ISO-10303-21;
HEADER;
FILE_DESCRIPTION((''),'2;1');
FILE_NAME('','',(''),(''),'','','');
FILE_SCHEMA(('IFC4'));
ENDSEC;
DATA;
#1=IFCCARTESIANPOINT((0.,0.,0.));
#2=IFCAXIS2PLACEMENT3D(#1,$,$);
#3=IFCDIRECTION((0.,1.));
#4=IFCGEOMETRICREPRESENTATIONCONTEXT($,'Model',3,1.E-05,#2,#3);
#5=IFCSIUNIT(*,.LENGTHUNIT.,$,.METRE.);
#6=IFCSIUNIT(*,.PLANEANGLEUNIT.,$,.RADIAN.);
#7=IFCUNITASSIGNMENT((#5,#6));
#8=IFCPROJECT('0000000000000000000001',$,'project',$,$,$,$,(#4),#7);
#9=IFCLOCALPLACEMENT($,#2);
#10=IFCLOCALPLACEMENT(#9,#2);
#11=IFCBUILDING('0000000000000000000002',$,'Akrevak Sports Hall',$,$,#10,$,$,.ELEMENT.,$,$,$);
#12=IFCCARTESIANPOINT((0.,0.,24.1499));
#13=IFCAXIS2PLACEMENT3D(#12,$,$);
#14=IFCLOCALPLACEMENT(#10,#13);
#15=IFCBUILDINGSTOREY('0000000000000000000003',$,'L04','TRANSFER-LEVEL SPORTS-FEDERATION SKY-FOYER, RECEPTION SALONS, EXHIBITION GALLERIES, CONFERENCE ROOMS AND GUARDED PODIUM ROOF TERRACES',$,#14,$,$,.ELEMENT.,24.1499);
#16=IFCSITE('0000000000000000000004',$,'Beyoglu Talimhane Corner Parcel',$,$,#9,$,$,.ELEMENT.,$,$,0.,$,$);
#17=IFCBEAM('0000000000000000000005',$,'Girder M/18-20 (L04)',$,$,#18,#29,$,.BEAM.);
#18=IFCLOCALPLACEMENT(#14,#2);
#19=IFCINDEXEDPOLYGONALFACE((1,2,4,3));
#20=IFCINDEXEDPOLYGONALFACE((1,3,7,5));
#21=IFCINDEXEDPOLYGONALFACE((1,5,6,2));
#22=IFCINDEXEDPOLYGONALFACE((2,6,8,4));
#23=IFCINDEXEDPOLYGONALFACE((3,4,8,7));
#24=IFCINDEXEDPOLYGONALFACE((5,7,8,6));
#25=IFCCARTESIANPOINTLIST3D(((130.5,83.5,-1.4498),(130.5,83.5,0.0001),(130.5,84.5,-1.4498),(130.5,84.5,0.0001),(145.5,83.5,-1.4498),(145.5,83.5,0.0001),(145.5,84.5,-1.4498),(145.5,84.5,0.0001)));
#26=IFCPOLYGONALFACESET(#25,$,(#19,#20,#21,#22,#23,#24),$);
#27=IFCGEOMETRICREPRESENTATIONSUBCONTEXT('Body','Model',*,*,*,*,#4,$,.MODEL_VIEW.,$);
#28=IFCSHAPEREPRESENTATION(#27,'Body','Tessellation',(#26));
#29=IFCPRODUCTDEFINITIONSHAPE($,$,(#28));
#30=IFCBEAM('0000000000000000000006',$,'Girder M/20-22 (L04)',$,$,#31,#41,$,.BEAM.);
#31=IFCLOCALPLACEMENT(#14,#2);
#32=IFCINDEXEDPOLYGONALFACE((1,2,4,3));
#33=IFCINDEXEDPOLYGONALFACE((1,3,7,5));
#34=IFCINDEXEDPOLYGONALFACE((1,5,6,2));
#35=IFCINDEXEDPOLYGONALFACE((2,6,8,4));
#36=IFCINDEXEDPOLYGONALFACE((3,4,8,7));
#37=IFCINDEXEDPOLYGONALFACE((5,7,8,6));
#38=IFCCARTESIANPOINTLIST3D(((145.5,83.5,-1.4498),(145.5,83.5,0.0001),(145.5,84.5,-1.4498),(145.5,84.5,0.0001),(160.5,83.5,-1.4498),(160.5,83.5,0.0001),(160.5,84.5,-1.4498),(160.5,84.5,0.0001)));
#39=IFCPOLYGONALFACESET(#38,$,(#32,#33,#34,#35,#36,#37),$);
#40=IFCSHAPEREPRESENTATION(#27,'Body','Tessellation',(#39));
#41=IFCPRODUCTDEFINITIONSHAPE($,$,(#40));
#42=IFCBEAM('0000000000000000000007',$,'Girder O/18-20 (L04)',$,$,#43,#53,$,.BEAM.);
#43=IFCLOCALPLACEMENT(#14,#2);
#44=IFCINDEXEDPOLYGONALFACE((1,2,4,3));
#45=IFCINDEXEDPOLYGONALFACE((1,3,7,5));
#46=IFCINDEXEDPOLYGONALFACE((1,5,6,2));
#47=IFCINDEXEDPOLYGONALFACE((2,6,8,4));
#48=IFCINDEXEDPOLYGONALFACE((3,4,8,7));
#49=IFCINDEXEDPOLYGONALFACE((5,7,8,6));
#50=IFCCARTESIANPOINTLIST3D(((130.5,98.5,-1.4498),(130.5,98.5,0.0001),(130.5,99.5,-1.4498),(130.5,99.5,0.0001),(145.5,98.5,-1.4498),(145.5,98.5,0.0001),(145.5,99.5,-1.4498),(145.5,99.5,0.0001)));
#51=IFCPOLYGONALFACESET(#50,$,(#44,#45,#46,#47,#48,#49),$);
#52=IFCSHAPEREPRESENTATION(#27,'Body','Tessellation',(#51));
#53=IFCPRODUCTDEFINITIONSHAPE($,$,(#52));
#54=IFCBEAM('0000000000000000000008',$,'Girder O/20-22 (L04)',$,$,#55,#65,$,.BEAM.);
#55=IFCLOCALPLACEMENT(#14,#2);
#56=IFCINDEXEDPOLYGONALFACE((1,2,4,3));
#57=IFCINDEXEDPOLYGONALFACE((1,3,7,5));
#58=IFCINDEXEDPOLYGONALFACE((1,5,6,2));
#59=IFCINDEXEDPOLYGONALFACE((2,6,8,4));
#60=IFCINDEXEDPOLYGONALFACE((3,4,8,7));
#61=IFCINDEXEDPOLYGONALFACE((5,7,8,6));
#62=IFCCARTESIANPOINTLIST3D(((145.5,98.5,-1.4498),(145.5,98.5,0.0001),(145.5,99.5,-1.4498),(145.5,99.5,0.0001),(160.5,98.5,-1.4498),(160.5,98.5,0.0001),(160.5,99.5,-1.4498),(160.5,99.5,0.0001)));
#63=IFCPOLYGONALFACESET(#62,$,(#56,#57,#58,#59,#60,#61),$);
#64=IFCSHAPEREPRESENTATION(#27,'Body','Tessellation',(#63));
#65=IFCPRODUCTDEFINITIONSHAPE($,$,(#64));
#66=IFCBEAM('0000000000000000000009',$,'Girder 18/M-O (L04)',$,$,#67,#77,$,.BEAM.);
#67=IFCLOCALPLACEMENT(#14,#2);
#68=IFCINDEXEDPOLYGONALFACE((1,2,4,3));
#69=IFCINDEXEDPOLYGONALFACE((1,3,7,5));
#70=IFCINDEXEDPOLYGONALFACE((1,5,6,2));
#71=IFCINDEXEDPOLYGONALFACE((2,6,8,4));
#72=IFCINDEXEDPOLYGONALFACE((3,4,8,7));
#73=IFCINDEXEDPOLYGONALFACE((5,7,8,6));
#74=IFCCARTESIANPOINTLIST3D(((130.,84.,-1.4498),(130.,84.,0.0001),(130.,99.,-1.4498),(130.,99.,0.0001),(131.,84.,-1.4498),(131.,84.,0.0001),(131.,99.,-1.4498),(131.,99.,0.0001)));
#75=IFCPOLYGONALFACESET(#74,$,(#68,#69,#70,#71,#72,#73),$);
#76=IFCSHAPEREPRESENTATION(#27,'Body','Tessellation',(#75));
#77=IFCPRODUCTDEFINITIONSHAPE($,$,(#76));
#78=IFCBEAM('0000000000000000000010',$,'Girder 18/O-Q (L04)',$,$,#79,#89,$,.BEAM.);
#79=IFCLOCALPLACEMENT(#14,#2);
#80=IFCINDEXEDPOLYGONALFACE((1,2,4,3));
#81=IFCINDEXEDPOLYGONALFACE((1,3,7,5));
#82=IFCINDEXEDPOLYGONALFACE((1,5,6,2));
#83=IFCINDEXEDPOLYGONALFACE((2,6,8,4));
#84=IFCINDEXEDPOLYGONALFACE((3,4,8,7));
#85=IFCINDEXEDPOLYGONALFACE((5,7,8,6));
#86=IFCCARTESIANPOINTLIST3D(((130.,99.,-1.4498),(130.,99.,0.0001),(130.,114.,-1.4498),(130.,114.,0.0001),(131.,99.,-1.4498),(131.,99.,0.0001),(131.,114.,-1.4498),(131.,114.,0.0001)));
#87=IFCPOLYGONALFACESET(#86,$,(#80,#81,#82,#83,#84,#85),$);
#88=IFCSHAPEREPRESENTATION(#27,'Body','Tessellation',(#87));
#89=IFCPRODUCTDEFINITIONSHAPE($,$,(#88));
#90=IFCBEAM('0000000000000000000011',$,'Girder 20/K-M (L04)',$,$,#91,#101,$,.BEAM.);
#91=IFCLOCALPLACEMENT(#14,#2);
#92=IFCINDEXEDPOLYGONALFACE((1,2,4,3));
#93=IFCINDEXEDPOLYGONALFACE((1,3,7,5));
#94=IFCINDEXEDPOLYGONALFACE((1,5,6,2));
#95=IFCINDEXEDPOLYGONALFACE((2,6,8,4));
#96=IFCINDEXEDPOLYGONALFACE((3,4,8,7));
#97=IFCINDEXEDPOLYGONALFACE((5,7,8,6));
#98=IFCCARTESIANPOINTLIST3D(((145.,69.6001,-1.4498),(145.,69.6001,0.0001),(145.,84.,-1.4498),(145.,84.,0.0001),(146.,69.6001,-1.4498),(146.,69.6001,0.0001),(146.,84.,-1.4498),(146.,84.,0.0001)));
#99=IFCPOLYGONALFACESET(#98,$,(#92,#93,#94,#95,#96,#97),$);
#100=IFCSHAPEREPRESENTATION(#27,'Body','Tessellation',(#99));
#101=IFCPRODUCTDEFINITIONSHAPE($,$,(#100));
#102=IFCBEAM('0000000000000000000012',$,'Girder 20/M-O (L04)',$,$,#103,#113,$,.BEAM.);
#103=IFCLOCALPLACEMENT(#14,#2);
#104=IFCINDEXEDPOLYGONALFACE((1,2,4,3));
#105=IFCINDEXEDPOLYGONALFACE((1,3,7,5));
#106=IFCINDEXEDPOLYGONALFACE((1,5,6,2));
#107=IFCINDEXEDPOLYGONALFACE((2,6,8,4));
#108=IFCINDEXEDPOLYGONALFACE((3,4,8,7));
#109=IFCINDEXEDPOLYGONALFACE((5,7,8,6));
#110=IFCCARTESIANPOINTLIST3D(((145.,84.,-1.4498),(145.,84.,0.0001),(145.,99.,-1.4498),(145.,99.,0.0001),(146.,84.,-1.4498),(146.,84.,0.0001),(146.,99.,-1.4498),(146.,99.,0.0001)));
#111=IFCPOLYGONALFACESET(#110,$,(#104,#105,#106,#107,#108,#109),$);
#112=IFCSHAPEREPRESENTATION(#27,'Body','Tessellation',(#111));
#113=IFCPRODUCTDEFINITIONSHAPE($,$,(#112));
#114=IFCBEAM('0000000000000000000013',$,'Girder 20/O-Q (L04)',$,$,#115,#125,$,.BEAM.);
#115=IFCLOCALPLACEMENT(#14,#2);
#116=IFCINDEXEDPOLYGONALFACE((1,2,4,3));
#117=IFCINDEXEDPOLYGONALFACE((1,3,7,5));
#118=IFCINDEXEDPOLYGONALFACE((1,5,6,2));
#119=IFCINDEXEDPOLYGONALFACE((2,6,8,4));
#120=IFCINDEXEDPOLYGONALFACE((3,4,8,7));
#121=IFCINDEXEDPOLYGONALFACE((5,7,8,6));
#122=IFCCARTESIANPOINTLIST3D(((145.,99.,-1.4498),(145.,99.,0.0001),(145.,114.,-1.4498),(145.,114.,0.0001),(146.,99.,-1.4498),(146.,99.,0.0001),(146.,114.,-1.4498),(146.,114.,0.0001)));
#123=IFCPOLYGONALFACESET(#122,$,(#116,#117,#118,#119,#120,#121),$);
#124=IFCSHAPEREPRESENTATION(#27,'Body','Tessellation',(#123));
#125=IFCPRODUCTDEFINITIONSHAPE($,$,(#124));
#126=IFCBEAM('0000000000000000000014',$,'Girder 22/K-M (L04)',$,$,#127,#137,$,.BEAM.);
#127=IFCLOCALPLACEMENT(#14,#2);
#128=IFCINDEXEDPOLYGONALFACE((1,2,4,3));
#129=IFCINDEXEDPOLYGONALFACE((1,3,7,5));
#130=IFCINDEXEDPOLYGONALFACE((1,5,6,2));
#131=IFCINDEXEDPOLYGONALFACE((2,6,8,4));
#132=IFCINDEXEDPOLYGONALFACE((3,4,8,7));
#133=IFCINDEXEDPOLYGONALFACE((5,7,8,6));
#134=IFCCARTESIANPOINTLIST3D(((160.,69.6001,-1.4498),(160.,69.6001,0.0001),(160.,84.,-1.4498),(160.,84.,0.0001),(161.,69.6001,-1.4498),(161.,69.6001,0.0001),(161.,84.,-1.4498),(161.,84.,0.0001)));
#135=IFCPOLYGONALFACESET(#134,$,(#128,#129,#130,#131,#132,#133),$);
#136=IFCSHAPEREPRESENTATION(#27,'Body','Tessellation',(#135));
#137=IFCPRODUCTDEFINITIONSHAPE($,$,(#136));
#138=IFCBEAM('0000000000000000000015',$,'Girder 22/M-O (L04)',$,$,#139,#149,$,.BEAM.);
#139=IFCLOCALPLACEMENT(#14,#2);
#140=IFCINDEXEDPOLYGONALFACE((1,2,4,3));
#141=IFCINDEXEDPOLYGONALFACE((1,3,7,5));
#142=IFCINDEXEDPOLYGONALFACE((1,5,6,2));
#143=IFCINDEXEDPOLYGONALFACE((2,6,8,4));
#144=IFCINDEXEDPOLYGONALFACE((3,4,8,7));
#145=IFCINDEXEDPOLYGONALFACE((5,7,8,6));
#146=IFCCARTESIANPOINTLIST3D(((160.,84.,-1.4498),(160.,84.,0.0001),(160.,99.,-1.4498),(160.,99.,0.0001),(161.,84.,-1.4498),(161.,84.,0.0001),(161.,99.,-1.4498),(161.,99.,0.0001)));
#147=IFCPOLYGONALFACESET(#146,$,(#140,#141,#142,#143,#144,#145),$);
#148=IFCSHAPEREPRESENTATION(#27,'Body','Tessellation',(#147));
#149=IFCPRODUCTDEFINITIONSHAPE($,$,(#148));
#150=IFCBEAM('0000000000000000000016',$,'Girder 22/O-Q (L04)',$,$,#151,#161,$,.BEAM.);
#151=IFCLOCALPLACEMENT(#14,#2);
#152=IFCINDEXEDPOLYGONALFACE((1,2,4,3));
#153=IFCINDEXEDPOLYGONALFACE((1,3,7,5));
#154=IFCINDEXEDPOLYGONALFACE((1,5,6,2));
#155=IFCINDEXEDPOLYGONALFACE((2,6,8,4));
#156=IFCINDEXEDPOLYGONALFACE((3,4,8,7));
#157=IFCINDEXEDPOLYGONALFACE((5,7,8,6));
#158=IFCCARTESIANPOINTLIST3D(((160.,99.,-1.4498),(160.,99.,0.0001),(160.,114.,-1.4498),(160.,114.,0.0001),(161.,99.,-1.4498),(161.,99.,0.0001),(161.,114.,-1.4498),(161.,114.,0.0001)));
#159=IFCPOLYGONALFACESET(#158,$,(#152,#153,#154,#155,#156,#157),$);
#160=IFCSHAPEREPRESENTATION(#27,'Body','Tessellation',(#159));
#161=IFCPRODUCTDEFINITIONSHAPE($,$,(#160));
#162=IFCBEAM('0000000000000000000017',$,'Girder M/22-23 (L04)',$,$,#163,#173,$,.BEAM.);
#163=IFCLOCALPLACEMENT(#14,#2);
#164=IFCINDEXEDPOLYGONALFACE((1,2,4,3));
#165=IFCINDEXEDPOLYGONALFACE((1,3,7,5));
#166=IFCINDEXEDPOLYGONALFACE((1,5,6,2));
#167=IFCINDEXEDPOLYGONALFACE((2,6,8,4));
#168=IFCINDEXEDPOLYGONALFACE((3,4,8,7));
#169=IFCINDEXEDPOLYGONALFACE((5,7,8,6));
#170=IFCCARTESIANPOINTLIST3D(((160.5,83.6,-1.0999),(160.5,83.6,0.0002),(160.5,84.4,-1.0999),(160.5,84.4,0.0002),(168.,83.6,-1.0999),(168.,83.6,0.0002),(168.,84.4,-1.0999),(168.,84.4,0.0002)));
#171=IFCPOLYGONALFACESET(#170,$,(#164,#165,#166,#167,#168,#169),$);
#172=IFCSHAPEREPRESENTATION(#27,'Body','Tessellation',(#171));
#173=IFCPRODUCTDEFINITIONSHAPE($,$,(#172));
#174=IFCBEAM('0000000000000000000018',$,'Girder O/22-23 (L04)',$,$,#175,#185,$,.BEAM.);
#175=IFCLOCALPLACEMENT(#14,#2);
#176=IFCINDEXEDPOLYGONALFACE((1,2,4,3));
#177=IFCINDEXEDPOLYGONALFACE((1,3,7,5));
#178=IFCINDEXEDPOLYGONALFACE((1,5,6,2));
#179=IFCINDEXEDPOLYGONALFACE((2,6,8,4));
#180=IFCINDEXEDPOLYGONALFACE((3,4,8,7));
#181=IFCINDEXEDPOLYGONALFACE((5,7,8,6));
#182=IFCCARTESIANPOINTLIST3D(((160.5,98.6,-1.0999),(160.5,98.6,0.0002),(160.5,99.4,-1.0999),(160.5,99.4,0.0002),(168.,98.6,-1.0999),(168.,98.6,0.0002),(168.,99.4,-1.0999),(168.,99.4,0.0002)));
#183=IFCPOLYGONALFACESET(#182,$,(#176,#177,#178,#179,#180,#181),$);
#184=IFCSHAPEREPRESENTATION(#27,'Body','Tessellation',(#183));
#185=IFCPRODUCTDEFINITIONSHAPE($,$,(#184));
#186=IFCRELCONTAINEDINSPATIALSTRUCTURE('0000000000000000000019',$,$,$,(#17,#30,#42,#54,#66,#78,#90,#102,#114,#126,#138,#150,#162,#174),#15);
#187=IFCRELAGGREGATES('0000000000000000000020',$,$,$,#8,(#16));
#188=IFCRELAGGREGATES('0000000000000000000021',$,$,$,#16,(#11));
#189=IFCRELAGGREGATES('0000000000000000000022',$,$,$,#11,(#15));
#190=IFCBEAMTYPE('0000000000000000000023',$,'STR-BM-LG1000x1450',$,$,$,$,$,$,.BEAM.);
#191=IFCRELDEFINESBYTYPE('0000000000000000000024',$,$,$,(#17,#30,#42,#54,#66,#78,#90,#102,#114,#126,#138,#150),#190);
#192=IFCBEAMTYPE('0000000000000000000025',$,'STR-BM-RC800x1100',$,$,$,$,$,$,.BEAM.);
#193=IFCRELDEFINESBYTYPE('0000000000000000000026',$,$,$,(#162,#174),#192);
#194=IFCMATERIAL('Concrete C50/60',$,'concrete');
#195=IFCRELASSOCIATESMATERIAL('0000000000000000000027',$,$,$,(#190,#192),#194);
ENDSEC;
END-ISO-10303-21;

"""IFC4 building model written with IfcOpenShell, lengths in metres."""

from ifc_helpers import new_model, si_unit, direction, frame, origin, origin_2d, place, context, subcontext, project, spatial, rectangle, extrude, material, material_profile, profile_set, type_object, element, save


model = new_model("IFC4")

# Units and contexts
model_context = context("Model", 3, precision=1e-05, world=origin(), true_north=direction((0.0, 1.0)))
body_context = subcontext(model_context, "Body", "Model", "MODEL_VIEW")
ifc_project = project(units=[si_unit("LENGTHUNIT", "METRE"), si_unit("PLANEANGLEUNIT", "RADIAN")], contexts=[model_context])

# Site, building, storey
site_placement = place(None, origin())
site = spatial("IfcSite", under=ifc_project, at=site_placement, Name="Beyoglu Talimhane Corner Parcel", CompositionType="ELEMENT", RefElevation=0.0)
building_placement = place(site_placement, origin())
building = spatial("IfcBuilding", under=site, at=building_placement, Name="Akrevak Sports Hall", CompositionType="ELEMENT")
storey_placement = place(building_placement, frame((0.0, 0.0, 24.1499)))
storey = spatial("IfcBuildingStorey", under=building, at=storey_placement, Name="L04", Description="TRANSFER-LEVEL SPORTS-FEDERATION SKY-FOYER, RECEPTION SALONS, EXHIBITION GALLERIES, CONFERENCE ROOMS AND GUARDED PODIUM ROOF TERRACES", CompositionType="ELEMENT", Elevation=24.1499)

# Beams
ifc_material_1 = material(Name="Concrete C50/60", Category="concrete")
ifc_material_profile_1 = material_profile(ifc_material_1, rectangle(XDim=1.0, YDim=1.45, at=origin_2d()), Name="BM 1000x1450", Category="concrete")
ifc_profile_set_1 = profile_set([ifc_material_profile_1], Name="Concrete C50/60")
beam_type_1 = type_object("IfcBeamType", Name="STR-BM-LG1000x1450", PredefinedType="BEAM", material=ifc_profile_set_1)
for number, where, z_axis, x_axis, name in (
    (1, (130.5, 84.0, -0.7249), (1.0, 0.0, 0.0), (0.0, 1.0, 0.0), "Girder M/18-20 (L04)"),
    (2, (145.5, 84.0, -0.7249), (1.0, 0.0, 0.0), (0.0, 1.0, 0.0), "Girder M/20-22 (L04)"),
    (3, (130.5, 99.0, -0.7249), (1.0, 0.0, 0.0), (0.0, 1.0, 0.0), "Girder O/18-20 (L04)"),
    (4, (145.5, 99.0, -0.7249), (1.0, 0.0, 0.0), (0.0, 1.0, 0.0), "Girder O/20-22 (L04)"),
    (5, (130.5, 84.0, -0.7249), (0.0, 1.0, 0.0), (-1.0, 0.0, 0.0), "Girder 18/M-O (L04)"),
    (6, (130.5, 99.0, -0.7249), (0.0, 1.0, 0.0), (-1.0, 0.0, 0.0), "Girder 18/O-Q (L04)"),
):
    element("IfcBeam", number, at=place(storey_placement, frame(where, z_axis=z_axis, x_axis=x_axis)), inside=storey, type_object=beam_type_1, Name=name, PredefinedType="BEAM", context=body_context, shape_type="SweptSolid", body=[
        extrude(rectangle(XDim=1.0, YDim=1.45, at=origin_2d()), origin(), (0.0, 0.0, 1.0), 15.0),
    ])
beam_1_placement = place(storey_placement, frame((145.5, 69.6001, -0.7249), z_axis=(0.0, 1.0, 0.0), x_axis=(-1.0, 0.0, 0.0)))
element("IfcBeam", 7, at=beam_1_placement, inside=storey, type_object=beam_type_1, Name="Girder 20/K-M (L04)", PredefinedType="BEAM", context=body_context, shape_type="SweptSolid", body=[
    extrude(rectangle(XDim=1.0, YDim=1.45, at=origin_2d()), origin(), (0.0, 0.0, 1.0), 14.3999),
])
for number, where, z_axis, x_axis, name in (
    (8, (145.5, 84.0, -0.7249), (0.0, 1.0, 0.0), (-1.0, 0.0, 0.0), "Girder 20/M-O (L04)"),
    (9, (145.5, 99.0, -0.7249), (0.0, 1.0, 0.0), (-1.0, 0.0, 0.0), "Girder 20/O-Q (L04)"),
):
    element("IfcBeam", number, at=place(storey_placement, frame(where, z_axis=z_axis, x_axis=x_axis)), inside=storey, type_object=beam_type_1, Name=name, PredefinedType="BEAM", context=body_context, shape_type="SweptSolid", body=[
        extrude(rectangle(XDim=1.0, YDim=1.45, at=origin_2d()), origin(), (0.0, 0.0, 1.0), 15.0),
    ])
beam_2_placement = place(storey_placement, frame((160.5, 69.6001, -0.7249), z_axis=(0.0, 1.0, 0.0), x_axis=(-1.0, 0.0, 0.0)))
element("IfcBeam", 10, at=beam_2_placement, inside=storey, type_object=beam_type_1, Name="Girder 22/K-M (L04)", PredefinedType="BEAM", context=body_context, shape_type="SweptSolid", body=[
    extrude(rectangle(XDim=1.0, YDim=1.45, at=origin_2d()), origin(), (0.0, 0.0, 1.0), 14.3999),
])
for number, where, z_axis, x_axis, name in (
    (11, (160.5, 84.0, -0.7249), (0.0, 1.0, 0.0), (-1.0, 0.0, 0.0), "Girder 22/M-O (L04)"),
    (12, (160.5, 99.0, -0.7249), (0.0, 1.0, 0.0), (-1.0, 0.0, 0.0), "Girder 22/O-Q (L04)"),
):
    element("IfcBeam", number, at=place(storey_placement, frame(where, z_axis=z_axis, x_axis=x_axis)), inside=storey, type_object=beam_type_1, Name=name, PredefinedType="BEAM", context=body_context, shape_type="SweptSolid", body=[
        extrude(rectangle(XDim=1.0, YDim=1.45, at=origin_2d()), origin(), (0.0, 0.0, 1.0), 15.0),
    ])
ifc_material_profile_2 = material_profile(ifc_material_1, rectangle(XDim=0.8, YDim=1.1001, at=origin_2d()), Name="BM 800x1100", Category="concrete")
ifc_profile_set_2 = profile_set([ifc_material_profile_2], Name="Concrete C50/60")
beam_type_2 = type_object("IfcBeamType", Name="STR-BM-RC800x1100", PredefinedType="BEAM", material=ifc_profile_set_2)
for number, where, z_axis, x_axis, name in (
    (13, (160.5, 84.0, -0.5498), (1.0, 0.0, 0.0), (0.0, 1.0, 0.0), "Girder M/22-23 (L04)"),
    (14, (160.5, 99.0, -0.5498), (1.0, 0.0, 0.0), (0.0, 1.0, 0.0), "Girder O/22-23 (L04)"),
):
    element("IfcBeam", number, at=place(storey_placement, frame(where, z_axis=z_axis, x_axis=x_axis)), inside=storey, type_object=beam_type_2, Name=name, PredefinedType="BEAM", context=body_context, shape_type="SweptSolid", body=[
        extrude(rectangle(XDim=0.8, YDim=1.1001, at=origin_2d()), origin(), (0.0, 0.0, 1.0), 7.5),
    ])

save(model, "model.ifc")
